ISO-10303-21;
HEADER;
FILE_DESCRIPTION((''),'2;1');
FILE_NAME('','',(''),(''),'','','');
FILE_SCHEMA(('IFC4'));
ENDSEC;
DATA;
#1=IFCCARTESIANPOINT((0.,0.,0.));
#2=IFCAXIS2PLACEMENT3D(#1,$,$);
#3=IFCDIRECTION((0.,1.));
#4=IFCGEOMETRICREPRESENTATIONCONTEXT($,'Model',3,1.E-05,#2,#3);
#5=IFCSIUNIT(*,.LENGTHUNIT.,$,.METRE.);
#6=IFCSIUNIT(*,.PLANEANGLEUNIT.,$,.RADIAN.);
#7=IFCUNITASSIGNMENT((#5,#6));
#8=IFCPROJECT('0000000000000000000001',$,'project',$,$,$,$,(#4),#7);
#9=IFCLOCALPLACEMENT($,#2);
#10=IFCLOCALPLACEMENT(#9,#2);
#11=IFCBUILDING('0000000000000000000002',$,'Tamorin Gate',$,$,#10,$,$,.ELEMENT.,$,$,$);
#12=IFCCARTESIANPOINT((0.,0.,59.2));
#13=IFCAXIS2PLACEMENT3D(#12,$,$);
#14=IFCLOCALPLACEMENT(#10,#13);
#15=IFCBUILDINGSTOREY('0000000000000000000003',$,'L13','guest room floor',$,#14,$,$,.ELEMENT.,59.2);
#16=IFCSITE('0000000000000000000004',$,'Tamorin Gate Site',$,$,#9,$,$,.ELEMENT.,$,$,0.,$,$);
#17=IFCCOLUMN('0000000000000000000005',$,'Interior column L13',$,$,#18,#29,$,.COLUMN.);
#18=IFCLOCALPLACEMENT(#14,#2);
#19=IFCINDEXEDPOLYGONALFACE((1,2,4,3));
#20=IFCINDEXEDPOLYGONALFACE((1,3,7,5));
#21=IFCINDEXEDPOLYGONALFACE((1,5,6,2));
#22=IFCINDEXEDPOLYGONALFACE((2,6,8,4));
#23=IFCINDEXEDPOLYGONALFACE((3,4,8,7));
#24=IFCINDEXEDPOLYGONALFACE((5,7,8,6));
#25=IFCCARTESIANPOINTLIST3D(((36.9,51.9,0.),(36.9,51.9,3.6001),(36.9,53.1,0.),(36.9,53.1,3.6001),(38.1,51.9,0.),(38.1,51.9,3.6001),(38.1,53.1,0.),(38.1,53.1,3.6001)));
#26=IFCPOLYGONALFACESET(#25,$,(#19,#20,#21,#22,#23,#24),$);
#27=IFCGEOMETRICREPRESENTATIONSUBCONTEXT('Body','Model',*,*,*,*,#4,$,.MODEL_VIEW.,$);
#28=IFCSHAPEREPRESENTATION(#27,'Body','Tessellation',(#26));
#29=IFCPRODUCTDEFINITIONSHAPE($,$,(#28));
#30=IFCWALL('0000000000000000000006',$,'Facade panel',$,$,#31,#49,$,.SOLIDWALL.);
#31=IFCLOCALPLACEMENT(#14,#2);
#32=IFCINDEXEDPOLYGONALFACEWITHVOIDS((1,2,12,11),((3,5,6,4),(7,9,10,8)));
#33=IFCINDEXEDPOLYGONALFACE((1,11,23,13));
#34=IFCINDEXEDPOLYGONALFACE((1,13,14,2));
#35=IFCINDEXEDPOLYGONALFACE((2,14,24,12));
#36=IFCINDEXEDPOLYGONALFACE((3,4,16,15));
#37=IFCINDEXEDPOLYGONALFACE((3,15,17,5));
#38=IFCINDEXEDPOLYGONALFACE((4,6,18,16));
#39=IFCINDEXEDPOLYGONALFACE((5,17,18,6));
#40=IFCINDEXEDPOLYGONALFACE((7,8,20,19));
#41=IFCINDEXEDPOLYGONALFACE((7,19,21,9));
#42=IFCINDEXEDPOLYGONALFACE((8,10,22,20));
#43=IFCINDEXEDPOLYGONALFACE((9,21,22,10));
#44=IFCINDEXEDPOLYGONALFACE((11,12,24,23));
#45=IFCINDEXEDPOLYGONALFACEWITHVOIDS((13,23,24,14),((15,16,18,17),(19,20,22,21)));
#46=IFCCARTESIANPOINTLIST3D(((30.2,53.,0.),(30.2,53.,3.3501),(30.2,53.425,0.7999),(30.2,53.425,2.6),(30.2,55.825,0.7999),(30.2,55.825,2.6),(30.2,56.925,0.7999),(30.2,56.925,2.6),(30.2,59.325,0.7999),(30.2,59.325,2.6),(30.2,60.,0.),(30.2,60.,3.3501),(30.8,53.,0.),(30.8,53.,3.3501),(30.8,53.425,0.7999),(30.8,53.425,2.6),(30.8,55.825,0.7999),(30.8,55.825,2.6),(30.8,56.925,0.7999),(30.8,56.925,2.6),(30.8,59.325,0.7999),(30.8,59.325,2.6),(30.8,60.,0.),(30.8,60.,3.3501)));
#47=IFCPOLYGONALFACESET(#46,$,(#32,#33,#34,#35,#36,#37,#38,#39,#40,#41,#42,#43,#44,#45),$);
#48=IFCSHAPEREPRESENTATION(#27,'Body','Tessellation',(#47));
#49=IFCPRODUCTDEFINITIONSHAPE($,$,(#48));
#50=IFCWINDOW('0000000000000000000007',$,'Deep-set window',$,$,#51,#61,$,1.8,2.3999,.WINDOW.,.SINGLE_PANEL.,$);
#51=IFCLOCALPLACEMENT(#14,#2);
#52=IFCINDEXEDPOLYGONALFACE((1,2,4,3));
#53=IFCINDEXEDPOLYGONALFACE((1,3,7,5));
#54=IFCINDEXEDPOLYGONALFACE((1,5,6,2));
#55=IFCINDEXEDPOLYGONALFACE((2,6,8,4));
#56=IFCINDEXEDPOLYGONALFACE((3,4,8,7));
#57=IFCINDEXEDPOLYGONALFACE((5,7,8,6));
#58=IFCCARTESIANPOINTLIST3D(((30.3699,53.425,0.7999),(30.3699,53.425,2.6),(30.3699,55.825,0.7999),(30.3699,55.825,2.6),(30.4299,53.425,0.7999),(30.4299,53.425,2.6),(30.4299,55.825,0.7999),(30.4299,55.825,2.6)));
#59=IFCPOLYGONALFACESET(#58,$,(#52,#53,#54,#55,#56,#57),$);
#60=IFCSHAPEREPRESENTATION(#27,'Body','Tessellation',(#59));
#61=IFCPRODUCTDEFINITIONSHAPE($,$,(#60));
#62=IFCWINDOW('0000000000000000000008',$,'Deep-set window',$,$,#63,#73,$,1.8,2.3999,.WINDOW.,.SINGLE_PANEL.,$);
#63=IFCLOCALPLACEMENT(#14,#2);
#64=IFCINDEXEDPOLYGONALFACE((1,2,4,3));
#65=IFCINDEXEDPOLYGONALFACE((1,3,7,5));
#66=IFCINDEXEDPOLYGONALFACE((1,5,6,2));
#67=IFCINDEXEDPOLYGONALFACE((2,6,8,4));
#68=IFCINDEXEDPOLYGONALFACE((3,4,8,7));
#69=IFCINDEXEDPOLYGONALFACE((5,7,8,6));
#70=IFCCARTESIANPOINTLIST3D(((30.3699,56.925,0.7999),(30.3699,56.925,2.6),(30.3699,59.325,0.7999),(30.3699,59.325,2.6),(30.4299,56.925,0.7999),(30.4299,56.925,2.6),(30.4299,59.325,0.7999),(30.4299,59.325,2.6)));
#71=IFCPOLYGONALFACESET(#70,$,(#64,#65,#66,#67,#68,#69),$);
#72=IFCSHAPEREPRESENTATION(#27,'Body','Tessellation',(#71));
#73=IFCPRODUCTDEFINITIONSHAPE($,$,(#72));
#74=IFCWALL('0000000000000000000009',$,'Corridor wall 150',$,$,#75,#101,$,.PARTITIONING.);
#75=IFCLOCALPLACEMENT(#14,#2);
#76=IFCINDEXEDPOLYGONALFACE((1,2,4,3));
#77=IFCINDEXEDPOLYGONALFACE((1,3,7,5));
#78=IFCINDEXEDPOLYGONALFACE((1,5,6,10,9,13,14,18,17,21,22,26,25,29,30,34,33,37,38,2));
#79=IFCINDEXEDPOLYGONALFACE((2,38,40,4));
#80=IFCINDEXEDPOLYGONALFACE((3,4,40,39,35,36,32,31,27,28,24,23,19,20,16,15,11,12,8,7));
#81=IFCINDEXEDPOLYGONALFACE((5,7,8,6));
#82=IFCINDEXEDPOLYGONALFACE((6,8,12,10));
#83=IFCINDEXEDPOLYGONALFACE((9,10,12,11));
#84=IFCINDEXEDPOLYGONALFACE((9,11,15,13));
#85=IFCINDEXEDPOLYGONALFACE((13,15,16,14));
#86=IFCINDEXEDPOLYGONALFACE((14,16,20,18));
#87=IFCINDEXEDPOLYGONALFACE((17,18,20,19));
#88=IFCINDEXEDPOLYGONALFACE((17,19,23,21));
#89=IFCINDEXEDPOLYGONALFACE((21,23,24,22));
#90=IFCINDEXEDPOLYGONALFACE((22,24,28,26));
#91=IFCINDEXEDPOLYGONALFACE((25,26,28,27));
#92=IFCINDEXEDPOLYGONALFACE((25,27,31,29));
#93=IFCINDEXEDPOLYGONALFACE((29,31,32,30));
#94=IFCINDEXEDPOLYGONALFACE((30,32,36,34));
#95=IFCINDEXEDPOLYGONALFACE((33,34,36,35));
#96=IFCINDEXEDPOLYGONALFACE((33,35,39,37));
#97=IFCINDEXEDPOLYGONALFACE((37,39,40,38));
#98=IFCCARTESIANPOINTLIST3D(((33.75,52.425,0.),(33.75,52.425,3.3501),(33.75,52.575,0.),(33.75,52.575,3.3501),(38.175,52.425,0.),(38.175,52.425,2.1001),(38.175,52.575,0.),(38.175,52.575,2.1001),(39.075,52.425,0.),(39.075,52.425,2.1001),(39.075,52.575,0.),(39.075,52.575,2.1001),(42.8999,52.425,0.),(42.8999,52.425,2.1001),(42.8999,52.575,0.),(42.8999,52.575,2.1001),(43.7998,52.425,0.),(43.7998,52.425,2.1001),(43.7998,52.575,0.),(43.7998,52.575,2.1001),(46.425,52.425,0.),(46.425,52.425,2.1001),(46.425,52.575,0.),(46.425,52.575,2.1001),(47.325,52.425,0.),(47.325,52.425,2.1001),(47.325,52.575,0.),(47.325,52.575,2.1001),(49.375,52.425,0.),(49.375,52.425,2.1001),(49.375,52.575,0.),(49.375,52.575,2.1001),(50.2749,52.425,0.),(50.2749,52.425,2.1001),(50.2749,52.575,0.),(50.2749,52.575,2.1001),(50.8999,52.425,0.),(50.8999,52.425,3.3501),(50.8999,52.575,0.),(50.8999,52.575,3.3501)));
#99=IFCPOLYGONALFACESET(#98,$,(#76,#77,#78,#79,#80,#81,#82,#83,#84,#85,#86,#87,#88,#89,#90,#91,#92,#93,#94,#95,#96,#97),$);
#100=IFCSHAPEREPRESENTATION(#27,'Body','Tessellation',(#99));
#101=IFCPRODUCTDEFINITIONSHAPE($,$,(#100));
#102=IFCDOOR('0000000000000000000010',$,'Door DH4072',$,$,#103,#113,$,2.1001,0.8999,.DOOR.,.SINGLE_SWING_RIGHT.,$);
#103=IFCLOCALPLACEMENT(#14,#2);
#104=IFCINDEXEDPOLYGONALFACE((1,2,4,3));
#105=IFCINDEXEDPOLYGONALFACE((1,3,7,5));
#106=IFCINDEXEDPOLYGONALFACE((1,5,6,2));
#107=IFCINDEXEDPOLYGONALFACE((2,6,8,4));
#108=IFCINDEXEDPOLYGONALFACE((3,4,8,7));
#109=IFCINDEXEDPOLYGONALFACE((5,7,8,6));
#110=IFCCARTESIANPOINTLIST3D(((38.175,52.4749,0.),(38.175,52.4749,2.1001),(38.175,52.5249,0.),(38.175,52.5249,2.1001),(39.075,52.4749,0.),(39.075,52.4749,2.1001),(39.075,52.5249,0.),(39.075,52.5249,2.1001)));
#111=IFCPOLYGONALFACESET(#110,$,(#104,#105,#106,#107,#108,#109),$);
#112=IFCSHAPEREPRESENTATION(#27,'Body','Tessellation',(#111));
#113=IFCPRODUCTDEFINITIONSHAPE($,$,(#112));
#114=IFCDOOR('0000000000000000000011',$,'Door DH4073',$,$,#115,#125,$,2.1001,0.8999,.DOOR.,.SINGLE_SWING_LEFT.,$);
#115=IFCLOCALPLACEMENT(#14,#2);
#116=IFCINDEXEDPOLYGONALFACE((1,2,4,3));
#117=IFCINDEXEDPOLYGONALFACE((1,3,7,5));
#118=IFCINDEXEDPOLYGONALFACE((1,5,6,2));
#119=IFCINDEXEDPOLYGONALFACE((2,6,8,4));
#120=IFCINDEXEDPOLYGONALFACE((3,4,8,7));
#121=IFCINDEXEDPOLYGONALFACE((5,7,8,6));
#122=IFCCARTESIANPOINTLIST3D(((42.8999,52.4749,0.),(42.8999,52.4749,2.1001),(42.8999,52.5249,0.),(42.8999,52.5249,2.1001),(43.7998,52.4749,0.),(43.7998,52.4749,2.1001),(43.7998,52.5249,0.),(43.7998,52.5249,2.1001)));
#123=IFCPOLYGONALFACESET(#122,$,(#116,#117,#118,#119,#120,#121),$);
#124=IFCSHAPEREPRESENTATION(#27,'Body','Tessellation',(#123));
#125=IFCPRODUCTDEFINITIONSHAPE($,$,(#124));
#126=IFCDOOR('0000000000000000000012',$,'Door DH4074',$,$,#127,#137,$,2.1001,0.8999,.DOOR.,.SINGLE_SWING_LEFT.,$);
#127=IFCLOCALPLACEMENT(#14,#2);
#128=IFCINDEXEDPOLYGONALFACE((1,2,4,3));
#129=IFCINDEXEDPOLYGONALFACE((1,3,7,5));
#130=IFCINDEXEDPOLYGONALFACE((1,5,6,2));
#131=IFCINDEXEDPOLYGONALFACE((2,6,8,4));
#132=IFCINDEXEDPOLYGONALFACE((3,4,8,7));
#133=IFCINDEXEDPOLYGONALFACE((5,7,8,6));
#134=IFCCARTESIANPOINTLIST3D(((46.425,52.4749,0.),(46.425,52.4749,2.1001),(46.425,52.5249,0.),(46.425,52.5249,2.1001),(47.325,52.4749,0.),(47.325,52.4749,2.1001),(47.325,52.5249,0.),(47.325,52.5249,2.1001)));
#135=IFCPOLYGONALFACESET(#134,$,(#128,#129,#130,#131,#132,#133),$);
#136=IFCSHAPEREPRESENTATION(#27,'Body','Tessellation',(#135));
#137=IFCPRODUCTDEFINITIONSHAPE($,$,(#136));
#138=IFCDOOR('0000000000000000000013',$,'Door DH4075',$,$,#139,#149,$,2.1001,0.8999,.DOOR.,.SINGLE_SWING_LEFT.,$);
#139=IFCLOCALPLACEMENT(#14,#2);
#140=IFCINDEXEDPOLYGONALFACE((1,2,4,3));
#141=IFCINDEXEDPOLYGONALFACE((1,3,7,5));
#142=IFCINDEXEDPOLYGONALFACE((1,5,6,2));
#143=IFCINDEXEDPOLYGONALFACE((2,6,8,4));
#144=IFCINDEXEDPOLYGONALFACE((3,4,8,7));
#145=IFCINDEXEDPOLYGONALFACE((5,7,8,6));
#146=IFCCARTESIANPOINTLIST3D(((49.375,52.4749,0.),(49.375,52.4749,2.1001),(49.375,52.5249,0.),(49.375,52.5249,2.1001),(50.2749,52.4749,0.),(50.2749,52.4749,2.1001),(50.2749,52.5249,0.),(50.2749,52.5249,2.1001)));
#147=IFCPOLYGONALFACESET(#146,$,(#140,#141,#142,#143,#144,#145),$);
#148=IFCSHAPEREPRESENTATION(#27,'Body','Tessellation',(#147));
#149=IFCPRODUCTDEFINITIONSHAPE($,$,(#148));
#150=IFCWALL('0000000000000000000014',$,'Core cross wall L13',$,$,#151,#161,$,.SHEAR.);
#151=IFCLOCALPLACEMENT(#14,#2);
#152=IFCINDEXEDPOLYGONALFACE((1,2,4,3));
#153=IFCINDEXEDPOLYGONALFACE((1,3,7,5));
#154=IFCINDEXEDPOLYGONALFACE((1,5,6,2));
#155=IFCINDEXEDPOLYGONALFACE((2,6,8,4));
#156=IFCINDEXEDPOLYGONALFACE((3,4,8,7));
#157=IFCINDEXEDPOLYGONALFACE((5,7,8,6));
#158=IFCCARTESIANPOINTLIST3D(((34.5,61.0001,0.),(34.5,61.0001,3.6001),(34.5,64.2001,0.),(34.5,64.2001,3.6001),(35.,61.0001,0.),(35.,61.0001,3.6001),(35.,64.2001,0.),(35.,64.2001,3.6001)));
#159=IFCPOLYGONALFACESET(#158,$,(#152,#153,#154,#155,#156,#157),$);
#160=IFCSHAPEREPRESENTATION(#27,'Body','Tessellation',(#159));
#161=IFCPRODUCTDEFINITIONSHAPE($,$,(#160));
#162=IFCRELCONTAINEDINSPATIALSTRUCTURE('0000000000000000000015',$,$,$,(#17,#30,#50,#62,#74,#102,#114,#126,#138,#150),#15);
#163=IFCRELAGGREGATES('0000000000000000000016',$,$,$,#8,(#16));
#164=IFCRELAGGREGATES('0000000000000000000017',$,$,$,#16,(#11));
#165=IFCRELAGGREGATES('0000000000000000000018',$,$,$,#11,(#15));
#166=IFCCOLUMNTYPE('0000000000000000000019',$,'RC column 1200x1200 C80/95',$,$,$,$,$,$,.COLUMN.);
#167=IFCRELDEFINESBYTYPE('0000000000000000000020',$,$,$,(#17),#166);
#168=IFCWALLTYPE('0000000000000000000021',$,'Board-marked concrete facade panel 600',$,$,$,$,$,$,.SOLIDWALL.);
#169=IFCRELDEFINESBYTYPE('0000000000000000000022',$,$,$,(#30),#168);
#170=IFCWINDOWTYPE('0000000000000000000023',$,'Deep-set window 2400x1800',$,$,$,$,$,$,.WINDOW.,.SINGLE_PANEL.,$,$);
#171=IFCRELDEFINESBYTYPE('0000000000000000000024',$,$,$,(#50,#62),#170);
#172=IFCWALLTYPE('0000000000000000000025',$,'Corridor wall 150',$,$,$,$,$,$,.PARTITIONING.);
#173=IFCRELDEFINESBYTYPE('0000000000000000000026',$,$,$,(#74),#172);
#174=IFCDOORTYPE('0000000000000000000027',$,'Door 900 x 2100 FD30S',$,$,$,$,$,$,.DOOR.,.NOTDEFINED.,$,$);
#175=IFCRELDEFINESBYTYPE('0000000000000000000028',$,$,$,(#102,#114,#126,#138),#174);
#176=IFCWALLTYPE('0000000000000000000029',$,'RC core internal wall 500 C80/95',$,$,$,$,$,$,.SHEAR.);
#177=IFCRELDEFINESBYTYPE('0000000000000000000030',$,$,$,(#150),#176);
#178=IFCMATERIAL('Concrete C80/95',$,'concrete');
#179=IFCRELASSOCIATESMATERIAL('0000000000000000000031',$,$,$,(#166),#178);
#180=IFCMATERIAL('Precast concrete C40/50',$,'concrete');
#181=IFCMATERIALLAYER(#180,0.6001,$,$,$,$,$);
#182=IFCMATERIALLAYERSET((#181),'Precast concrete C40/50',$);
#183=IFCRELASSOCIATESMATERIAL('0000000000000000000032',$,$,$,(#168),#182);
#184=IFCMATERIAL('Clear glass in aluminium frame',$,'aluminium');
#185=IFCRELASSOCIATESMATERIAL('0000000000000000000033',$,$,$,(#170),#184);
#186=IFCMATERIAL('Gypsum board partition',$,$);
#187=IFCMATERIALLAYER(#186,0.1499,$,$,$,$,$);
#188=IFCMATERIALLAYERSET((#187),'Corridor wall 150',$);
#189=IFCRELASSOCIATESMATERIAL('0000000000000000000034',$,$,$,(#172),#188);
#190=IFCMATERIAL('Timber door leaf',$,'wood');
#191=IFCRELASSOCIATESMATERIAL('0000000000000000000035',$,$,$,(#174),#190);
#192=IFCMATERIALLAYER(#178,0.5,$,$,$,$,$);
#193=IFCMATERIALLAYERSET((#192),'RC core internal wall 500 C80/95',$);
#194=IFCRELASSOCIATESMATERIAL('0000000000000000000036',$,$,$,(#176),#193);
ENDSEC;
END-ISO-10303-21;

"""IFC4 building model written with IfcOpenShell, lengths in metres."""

from ifc_helpers import new_model, si_unit, direction, frame, frame_2d, origin, origin_2d, place, context, subcontext, project, spatial, rectangle, extrude, material, layer, layer_set, material_profile, profile_set, type_object, element, fill, save


model = new_model("IFC4")

# Units and contexts
model_context = context("Model", 3, precision=1e-05, world=origin(), true_north=direction((0.0, 1.0)))
body_context = subcontext(model_context, "Body", "Model", "MODEL_VIEW")
ifc_project = project(units=[si_unit("LENGTHUNIT", "METRE"), si_unit("PLANEANGLEUNIT", "RADIAN")], contexts=[model_context])

# Site, building, storey
site_placement = place(None, origin())
site = spatial("IfcSite", under=ifc_project, at=site_placement, Name="Tamorin Gate Site", CompositionType="ELEMENT", RefElevation=0.0)
building_placement = place(site_placement, origin())
building = spatial("IfcBuilding", under=site, at=building_placement, Name="Tamorin Gate", CompositionType="ELEMENT")
storey_placement = place(building_placement, frame((0.0, 0.0, 59.2)))
storey = spatial("IfcBuildingStorey", under=building, at=storey_placement, Name="L13", Description="guest room floor", CompositionType="ELEMENT", Elevation=59.2)

# Column
ifc_material_1 = material(Name="Concrete C80/95", Category="concrete")
ifc_material_profile = material_profile(ifc_material_1, rectangle(XDim=1.2, YDim=1.2, at=origin_2d()), Name="RC 1200x1200")
ifc_profile_set = profile_set([ifc_material_profile], Name="Concrete C80/95")
column_type = type_object("IfcColumnType", Name="RC column 1200x1200 C80/95", PredefinedType="COLUMN", material=ifc_profile_set)
column_placement = place(storey_placement, frame((37.5, 52.5, 0.0), z_axis=(0.0, 0.0, 1.0), x_axis=(1.0, 0.0, 0.0)))
element("IfcColumn", 1, at=column_placement, inside=storey, type_object=column_type, Name="Interior column L13", PredefinedType="COLUMN", context=body_context, shape_type="SweptSolid", body=[
    extrude(rectangle(XDim=1.2, YDim=1.2, at=origin_2d()), origin(), (0.0, 0.0, 1.0), 3.6001),
])

# Wall, openings, windows
ifc_material_2 = material(Name="Precast concrete C40/50", Category="concrete")
ifc_layer_1 = layer(ifc_material_2, 0.6001)
ifc_layer_set_1 = layer_set([ifc_layer_1], Name="Precast concrete C40/50")
wall_type_1 = type_object("IfcWallType", Name="Board-marked concrete facade panel 600", PredefinedType="SOLIDWALL", material=ifc_layer_set_1)
wall_1_placement = place(storey_placement, frame((30.5, 60.0, 0.0), z_axis=(0.0, 0.0, 1.0), x_axis=(0.0, -1.0, 0.0)))
wall_1 = element("IfcWall", 2, at=wall_1_placement, inside=storey, type_object=wall_type_1, Name="Facade panel", PredefinedType="SOLIDWALL", context=body_context, shape_type="SweptSolid", body=[
    extrude(rectangle(XDim=7.0, YDim=0.6001, at=frame_2d((3.5, 0.0))), origin(), (0.0, 0.0, 1.0), 3.3501),
])
opening_1_placement = place(wall_1_placement, frame((4.175, 0.0, 0.8)))
opening_1 = element("IfcOpeningElement", 3, at=opening_1_placement, cuts=wall_1, PredefinedType="OPENING", context=body_context, shape_type="SweptSolid", body=[
    extrude(rectangle(XDim=2.3999, YDim=1.8, at=frame_2d((1.2, 0.8999))), frame((0.0, 0.3101, 0.0), z_axis=(0.0, -1.0, 0.0), x_axis=(1.0, 0.0, 0.0)), (0.0, 0.0, 1.0), 0.6201),
])
opening_2_placement = place(wall_1_placement, frame((0.675, 0.0, 0.8)))
opening_2 = element("IfcOpeningElement", 4, at=opening_2_placement, cuts=wall_1, PredefinedType="OPENING", context=body_context, shape_type="SweptSolid", body=[
    extrude(rectangle(XDim=2.3999, YDim=1.8, at=frame_2d((1.2, 0.8999))), frame((0.0, 0.3101, 0.0), z_axis=(0.0, -1.0, 0.0), x_axis=(1.0, 0.0, 0.0)), (0.0, 0.0, 1.0), 0.6201),
])
ifc_material_3 = material(Name="Clear glass in aluminium frame", Category="aluminium")
window_type = type_object("IfcWindowType", Name="Deep-set window 2400x1800", PartitioningType="SINGLE_PANEL", PredefinedType="WINDOW", material=ifc_material_3)
window_1_placement = place(opening_1_placement, origin())
window_1 = element("IfcWindow", 5, at=window_1_placement, inside=storey, type_object=window_type, Name="Deep-set window", OverallHeight=1.8, OverallWidth=2.3999, PartitioningType="SINGLE_PANEL", PredefinedType="WINDOW", context=body_context, shape_type="SweptSolid", body=[
    extrude(rectangle(XDim=2.3999, YDim=1.8, at=frame_2d((1.2, 0.8999))), frame((0.0, -0.0701, 0.0), z_axis=(0.0, -1.0, 0.0), x_axis=(1.0, 0.0, 0.0)), (0.0, 0.0, 1.0), 0.0601),
])
fill(opening_1, window_1)
window_2_placement = place(opening_2_placement, origin())
window_2 = element("IfcWindow", 6, at=window_2_placement, inside=storey, type_object=window_type, Name="Deep-set window", OverallHeight=1.8, OverallWidth=2.3999, PartitioningType="SINGLE_PANEL", PredefinedType="WINDOW", context=body_context, shape_type="SweptSolid", body=[
    extrude(rectangle(XDim=2.3999, YDim=1.8, at=frame_2d((1.2, 0.8999))), frame((0.0, -0.0701, 0.0), z_axis=(0.0, -1.0, 0.0), x_axis=(1.0, 0.0, 0.0)), (0.0, 0.0, 1.0), 0.0601),
])
fill(opening_2, window_2)

# Wall, openings, doors
ifc_material_4 = material(Name="Gypsum board partition")
ifc_layer_2 = layer(ifc_material_4, 0.1499)
ifc_layer_set_2 = layer_set([ifc_layer_2], Name="Corridor wall 150")
wall_type_2 = type_object("IfcWallType", Name="Corridor wall 150", PredefinedType="PARTITIONING", material=ifc_layer_set_2)
wall_2_placement = place(storey_placement, frame((33.75, 52.5, 0.0), z_axis=(0.0, 0.0, 1.0), x_axis=(1.0, 0.0, 0.0)))
wall_2 = element("IfcWall", 7, at=wall_2_placement, inside=storey, type_object=wall_type_2, Name="Corridor wall 150", PredefinedType="PARTITIONING", context=body_context, shape_type="SweptSolid", body=[
    extrude(rectangle(XDim=17.1499, YDim=0.1499, at=frame_2d((8.575, 0.0))), origin(), (0.0, 0.0, 1.0), 3.3501),
])
opening_3_placement = place(wall_2_placement, frame((4.425, 0.0, 0.0)))
opening_3 = element("IfcOpeningElement", 8, at=opening_3_placement, cuts=wall_2, PredefinedType="OPENING", context=body_context, shape_type="SweptSolid", body=[
    extrude(rectangle(XDim=0.8999, YDim=2.1001, at=frame_2d((0.45, 1.05))), frame((0.0, 0.085, 0.0), z_axis=(0.0, -1.0, 0.0), x_axis=(1.0, 0.0, 0.0)), (0.0, 0.0, 1.0), 0.1699),
])
opening_4_placement = place(wall_2_placement, frame((9.1499, 0.0, 0.0)))
opening_4 = element("IfcOpeningElement", 9, at=opening_4_placement, cuts=wall_2, PredefinedType="OPENING", context=body_context, shape_type="SweptSolid", body=[
    extrude(rectangle(XDim=0.8999, YDim=2.1001, at=frame_2d((0.45, 1.05))), frame((0.0, 0.085, 0.0), z_axis=(0.0, -1.0, 0.0), x_axis=(1.0, 0.0, 0.0)), (0.0, 0.0, 1.0), 0.1699),
])
opening_5_placement = place(wall_2_placement, frame((12.675, 0.0, 0.0)))
opening_5 = element("IfcOpeningElement", 10, at=opening_5_placement, cuts=wall_2, PredefinedType="OPENING", context=body_context, shape_type="SweptSolid", body=[
    extrude(rectangle(XDim=0.8999, YDim=2.1001, at=frame_2d((0.45, 1.05))), frame((0.0, 0.085, 0.0), z_axis=(0.0, -1.0, 0.0), x_axis=(1.0, 0.0, 0.0)), (0.0, 0.0, 1.0), 0.1699),
])
opening_6_placement = place(wall_2_placement, frame((15.625, 0.0, 0.0)))
opening_6 = element("IfcOpeningElement", 11, at=opening_6_placement, cuts=wall_2, PredefinedType="OPENING", context=body_context, shape_type="SweptSolid", body=[
    extrude(rectangle(XDim=0.8999, YDim=2.1001, at=frame_2d((0.45, 1.05))), frame((0.0, 0.085, 0.0), z_axis=(0.0, -1.0, 0.0), x_axis=(1.0, 0.0, 0.0)), (0.0, 0.0, 1.0), 0.1699),
])
ifc_material_5 = material(Name="Timber door leaf", Category="wood")
door_type_1 = type_object("IfcDoorType", Name="Door 900 x 2100 FD30S", OperationType="NOTDEFINED", PredefinedType="DOOR", material=ifc_material_5)
door_1_placement = place(opening_3_placement, origin())
door_1 = element("IfcDoor", 12, at=door_1_placement, inside=storey, type_object=door_type_1, Name="Door DH4072", OperationType="SINGLE_SWING_RIGHT", OverallHeight=2.1001, OverallWidth=0.8999, PredefinedType="DOOR", context=body_context, shape_type="SweptSolid", body=[
    extrude(rectangle(XDim=0.8999, YDim=2.1001, at=frame_2d((0.45, 1.05))), frame((0.0, 0.0249, 0.0), z_axis=(0.0, -1.0, 0.0), x_axis=(1.0, 0.0, 0.0)), (0.0, 0.0, 1.0), 0.05),
])
fill(opening_3, door_1)
door_2_placement = place(opening_4_placement, origin())
door_2 = element("IfcDoor", 13, at=door_2_placement, inside=storey, type_object=door_type_1, Name="Door DH4073", OperationType="SINGLE_SWING_LEFT", OverallHeight=2.1001, OverallWidth=0.8999, PredefinedType="DOOR", context=body_context, shape_type="SweptSolid", body=[
    extrude(rectangle(XDim=0.8999, YDim=2.1001, at=frame_2d((0.45, 1.05))), frame((0.0, 0.0249, 0.0), z_axis=(0.0, -1.0, 0.0), x_axis=(1.0, 0.0, 0.0)), (0.0, 0.0, 1.0), 0.05),
])
fill(opening_4, door_2)
door_3_placement = place(opening_5_placement, origin())
door_3 = element("IfcDoor", 14, at=door_3_placement, inside=storey, type_object=door_type_1, Name="Door DH4074", OperationType="SINGLE_SWING_LEFT", OverallHeight=2.1001, OverallWidth=0.8999, PredefinedType="DOOR", context=body_context, shape_type="SweptSolid", body=[
    extrude(rectangle(XDim=0.8999, YDim=2.1001, at=frame_2d((0.45, 1.05))), frame((0.0, 0.0249, 0.0), z_axis=(0.0, -1.0, 0.0), x_axis=(1.0, 0.0, 0.0)), (0.0, 0.0, 1.0), 0.05),
])
fill(opening_5, door_3)
door_4_placement = place(opening_6_placement, origin())
door_4 = element("IfcDoor", 15, at=door_4_placement, inside=storey, type_object=door_type_1, Name="Door DH4075", OperationType="SINGLE_SWING_LEFT", OverallHeight=2.1001, OverallWidth=0.8999, PredefinedType="DOOR", context=body_context, shape_type="SweptSolid", body=[
    extrude(rectangle(XDim=0.8999, YDim=2.1001, at=frame_2d((0.45, 1.05))), frame((0.0, 0.0249, 0.0), z_axis=(0.0, -1.0, 0.0), x_axis=(1.0, 0.0, 0.0)), (0.0, 0.0, 1.0), 0.05),
])
fill(opening_6, door_4)

# Wall
ifc_layer_3 = layer(ifc_material_1, 0.5)
ifc_layer_set_3 = layer_set([ifc_layer_3], Name="RC core internal wall 500 C80/95")
wall_type_3 = type_object("IfcWallType", Name="RC core internal wall 500 C80/95", PredefinedType="SHEAR", material=ifc_layer_set_3)
wall_3_placement = place(storey_placement, frame((34.75, 61.0, 0.0), z_axis=(0.0, 0.0, 1.0), x_axis=(0.0, 1.0, 0.0)))
element("IfcWall", 16, at=wall_3_placement, inside=storey, type_object=wall_type_3, Name="Core cross wall L13", PredefinedType="SHEAR", context=body_context, shape_type="SweptSolid", body=[
    extrude(rectangle(XDim=3.2, YDim=0.5, at=frame_2d((1.6001, 0.0))), origin(), (0.0, 0.0, 1.0), 3.6001),
])

save(model, "model.ifc")
